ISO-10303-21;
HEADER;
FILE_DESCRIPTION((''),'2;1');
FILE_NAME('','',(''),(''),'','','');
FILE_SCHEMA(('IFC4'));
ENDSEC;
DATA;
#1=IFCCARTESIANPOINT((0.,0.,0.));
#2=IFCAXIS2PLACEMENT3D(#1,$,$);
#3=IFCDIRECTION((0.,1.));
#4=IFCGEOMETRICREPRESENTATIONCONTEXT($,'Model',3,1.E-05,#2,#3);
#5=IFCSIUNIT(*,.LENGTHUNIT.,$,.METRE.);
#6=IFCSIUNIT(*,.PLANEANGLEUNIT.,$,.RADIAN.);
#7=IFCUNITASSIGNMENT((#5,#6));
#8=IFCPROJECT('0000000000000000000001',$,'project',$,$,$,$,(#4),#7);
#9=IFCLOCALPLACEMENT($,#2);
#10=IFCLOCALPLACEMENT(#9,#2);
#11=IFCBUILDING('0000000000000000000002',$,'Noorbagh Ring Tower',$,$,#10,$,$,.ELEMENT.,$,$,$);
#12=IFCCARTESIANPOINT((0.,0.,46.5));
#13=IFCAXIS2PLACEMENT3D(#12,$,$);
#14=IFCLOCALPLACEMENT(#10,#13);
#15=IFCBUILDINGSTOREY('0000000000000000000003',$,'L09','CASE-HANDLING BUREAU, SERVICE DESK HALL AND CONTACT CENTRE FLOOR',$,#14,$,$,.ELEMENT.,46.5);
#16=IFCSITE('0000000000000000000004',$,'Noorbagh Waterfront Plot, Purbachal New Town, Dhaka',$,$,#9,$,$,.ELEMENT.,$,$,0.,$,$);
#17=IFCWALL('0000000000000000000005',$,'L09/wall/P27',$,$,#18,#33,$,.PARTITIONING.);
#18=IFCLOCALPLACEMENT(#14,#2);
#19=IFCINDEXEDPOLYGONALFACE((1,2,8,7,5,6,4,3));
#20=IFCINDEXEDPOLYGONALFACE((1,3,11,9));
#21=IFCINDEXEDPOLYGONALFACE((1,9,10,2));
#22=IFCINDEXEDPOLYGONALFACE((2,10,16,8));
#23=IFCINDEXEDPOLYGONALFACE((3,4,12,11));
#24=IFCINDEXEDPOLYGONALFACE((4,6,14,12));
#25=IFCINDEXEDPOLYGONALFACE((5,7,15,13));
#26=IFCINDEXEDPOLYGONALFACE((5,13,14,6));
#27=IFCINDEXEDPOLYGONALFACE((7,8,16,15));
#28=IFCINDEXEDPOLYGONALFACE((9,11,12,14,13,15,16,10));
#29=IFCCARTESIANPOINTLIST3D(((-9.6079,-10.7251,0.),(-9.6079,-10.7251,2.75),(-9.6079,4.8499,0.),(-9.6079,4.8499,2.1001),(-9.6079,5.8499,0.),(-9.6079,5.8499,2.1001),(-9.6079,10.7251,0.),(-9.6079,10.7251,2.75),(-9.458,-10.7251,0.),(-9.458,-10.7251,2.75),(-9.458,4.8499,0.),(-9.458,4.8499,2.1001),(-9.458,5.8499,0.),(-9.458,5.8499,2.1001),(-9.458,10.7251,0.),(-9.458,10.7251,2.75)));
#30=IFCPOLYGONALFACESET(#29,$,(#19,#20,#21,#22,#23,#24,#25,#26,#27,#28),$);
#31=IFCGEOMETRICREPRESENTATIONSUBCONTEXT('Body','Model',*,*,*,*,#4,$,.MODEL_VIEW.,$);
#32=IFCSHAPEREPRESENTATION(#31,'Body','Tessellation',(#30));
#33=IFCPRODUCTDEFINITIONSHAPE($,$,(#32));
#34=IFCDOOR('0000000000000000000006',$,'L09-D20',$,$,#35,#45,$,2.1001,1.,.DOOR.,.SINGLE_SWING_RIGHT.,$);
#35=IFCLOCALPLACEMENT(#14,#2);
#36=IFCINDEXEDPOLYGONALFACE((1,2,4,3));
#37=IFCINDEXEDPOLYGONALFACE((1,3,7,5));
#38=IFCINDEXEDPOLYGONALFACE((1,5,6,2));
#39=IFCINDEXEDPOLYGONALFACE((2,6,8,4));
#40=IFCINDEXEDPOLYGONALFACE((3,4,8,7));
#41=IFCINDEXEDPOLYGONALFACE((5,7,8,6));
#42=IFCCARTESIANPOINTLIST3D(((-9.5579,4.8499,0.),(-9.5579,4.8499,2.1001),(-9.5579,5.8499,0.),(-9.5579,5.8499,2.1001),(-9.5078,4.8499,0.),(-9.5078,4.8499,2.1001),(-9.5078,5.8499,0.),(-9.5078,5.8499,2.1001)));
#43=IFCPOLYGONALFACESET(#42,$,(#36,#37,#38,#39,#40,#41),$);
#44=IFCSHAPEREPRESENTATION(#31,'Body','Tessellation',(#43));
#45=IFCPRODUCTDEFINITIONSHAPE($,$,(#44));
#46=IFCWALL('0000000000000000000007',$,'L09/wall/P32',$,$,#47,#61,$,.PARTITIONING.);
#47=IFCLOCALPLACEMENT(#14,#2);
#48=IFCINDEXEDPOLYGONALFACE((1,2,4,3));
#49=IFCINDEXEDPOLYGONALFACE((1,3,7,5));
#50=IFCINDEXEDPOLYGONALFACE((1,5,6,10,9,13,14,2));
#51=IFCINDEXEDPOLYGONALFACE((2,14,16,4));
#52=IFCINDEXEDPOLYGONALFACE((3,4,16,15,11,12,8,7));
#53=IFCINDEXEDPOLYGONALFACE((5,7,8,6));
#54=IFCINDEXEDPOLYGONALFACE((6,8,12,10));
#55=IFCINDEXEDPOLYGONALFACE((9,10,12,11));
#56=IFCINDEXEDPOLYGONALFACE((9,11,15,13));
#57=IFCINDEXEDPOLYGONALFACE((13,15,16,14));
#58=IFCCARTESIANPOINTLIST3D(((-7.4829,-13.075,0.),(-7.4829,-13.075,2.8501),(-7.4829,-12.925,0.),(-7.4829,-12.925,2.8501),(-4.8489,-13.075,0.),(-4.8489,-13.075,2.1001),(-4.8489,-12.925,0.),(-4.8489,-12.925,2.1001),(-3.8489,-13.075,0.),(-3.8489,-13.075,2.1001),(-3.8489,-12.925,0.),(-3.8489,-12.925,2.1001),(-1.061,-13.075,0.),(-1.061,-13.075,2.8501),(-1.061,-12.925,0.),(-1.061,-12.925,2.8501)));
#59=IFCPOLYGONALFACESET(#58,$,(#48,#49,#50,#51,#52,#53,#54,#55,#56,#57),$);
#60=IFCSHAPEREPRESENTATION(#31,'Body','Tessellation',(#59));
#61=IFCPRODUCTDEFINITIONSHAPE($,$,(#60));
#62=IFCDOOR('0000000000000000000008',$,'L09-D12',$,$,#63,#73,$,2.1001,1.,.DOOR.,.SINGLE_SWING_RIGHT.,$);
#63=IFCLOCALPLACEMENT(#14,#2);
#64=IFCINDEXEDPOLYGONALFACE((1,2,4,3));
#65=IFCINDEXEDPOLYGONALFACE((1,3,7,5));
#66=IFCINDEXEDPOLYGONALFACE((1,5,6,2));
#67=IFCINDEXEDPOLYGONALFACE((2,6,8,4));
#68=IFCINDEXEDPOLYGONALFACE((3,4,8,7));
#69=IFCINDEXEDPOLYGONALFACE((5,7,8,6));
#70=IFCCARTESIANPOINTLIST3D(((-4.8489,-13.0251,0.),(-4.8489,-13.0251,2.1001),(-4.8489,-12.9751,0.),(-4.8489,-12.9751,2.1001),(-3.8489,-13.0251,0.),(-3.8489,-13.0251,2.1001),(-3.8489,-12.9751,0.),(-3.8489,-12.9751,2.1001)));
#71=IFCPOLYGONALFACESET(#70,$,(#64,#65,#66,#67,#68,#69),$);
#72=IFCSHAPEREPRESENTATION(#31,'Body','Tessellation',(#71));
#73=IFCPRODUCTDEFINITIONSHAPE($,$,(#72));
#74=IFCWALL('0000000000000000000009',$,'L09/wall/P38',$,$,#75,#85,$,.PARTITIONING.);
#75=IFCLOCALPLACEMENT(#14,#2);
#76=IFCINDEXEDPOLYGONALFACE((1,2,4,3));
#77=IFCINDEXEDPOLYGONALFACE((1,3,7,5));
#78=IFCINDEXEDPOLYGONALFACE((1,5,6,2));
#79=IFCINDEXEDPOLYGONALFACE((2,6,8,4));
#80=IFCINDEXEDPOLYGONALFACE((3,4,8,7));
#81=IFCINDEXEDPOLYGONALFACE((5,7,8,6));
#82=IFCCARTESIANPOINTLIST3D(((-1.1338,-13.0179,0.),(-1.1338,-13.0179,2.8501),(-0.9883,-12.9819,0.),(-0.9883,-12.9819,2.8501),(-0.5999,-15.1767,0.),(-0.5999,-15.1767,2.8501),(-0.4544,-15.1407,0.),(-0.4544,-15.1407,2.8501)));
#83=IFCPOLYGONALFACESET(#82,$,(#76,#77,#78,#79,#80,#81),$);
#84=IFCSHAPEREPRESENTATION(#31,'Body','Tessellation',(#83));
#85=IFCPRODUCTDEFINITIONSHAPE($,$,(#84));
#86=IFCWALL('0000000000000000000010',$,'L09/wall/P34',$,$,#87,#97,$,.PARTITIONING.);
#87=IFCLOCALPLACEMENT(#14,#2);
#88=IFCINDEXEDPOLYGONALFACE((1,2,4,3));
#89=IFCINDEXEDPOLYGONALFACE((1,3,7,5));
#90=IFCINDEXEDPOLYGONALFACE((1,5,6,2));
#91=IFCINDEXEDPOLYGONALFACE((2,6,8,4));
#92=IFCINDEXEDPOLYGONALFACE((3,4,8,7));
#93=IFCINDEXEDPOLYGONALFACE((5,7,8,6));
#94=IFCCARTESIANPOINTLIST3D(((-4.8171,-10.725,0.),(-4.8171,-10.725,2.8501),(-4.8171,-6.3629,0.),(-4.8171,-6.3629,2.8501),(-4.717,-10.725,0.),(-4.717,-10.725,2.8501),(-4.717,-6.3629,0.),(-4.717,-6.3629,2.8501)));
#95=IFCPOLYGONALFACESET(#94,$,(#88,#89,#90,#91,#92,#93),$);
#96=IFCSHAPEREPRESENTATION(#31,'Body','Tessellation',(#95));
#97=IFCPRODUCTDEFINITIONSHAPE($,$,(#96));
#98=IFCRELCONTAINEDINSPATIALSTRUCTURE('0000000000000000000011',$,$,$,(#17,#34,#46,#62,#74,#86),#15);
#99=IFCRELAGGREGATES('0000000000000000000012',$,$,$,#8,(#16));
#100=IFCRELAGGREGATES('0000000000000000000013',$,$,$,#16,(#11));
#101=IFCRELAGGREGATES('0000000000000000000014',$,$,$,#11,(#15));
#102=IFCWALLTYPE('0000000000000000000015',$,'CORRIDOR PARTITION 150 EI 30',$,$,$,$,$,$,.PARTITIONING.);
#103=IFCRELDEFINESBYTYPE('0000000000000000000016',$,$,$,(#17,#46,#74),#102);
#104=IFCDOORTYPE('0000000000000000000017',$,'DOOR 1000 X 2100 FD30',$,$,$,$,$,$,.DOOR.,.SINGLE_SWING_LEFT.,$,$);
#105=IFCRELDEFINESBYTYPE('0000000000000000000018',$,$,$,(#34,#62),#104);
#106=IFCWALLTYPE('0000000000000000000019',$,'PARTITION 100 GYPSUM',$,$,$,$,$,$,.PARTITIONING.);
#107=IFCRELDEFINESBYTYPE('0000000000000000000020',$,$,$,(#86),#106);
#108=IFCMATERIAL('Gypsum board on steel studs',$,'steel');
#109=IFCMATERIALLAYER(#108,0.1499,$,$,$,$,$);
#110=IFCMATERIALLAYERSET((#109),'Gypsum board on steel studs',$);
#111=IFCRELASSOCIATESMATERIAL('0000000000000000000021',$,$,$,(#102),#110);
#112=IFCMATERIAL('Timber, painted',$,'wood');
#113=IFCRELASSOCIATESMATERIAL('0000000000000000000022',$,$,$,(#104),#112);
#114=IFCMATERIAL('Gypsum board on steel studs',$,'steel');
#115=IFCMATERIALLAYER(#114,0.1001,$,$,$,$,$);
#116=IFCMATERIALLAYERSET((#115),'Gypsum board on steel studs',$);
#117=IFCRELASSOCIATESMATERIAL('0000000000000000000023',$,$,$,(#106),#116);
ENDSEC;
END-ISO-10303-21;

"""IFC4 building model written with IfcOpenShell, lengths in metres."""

from ifc_helpers import new_model, si_unit, direction, frame, frame_2d, origin, place, context, subcontext, project, spatial, rectangle, extrude, material, layer, layer_set, type_object, element, fill, save


model = new_model("IFC4")

# Units and contexts
model_context = context("Model", 3, precision=1e-05, world=origin(), true_north=direction((0.0, 1.0)))
body_context = subcontext(model_context, "Body", "Model", "MODEL_VIEW")
ifc_project = project(units=[si_unit("LENGTHUNIT", "METRE"), si_unit("PLANEANGLEUNIT", "RADIAN")], contexts=[model_context])

# Site, building, storey
site_placement = place(None, origin())
site = spatial("IfcSite", under=ifc_project, at=site_placement, Name="Noorbagh Waterfront Plot, Purbachal New Town, Dhaka", CompositionType="ELEMENT", RefElevation=0.0)
building_placement = place(site_placement, origin())
building = spatial("IfcBuilding", under=site, at=building_placement, Name="Noorbagh Ring Tower", CompositionType="ELEMENT")
storey_placement = place(building_placement, frame((0.0, 0.0, 46.5)))
storey = spatial("IfcBuildingStorey", under=building, at=storey_placement, Name="L09", Description="CASE-HANDLING BUREAU, SERVICE DESK HALL AND CONTACT CENTRE FLOOR", CompositionType="ELEMENT", Elevation=46.5)

# Shared definitions
ifc_material_1 = material(Name="Gypsum board on steel studs", Category="steel")
ifc_layer_1 = layer(ifc_material_1, 0.1499)
ifc_layer_set_1 = layer_set([ifc_layer_1], Name="Gypsum board on steel studs")
wall_type_1 = type_object("IfcWallType", Name="CORRIDOR PARTITION 150 EI 30", PredefinedType="PARTITIONING", material=ifc_layer_set_1)
ifc_material_2 = material(Name="Timber, painted", Category="wood")
door_type_1 = type_object("IfcDoorType", Name="DOOR 1000 X 2100 FD30", OperationType="SINGLE_SWING_LEFT", PredefinedType="DOOR", material=ifc_material_2)

# Walls, openings, doors
wall_1_placement = place(storey_placement, frame((-9.533, -10.7251, 0.0), z_axis=(0.0, 0.0, 1.0), x_axis=(0.0, 1.0, 0.0)))
wall_1 = element("IfcWall", 1, at=wall_1_placement, inside=storey, type_object=wall_type_1, Name="L09/wall/P27", PredefinedType="PARTITIONING", context=body_context, shape_type="SweptSolid", body=[
    extrude(rectangle(XDim=21.4502, YDim=0.1499, at=frame_2d((10.7251, 0.0))), origin(), (0.0, 0.0, 1.0), 2.75),
])
opening_1_placement = place(wall_1_placement, frame((15.575, 0.0, 0.0)))
opening_1 = element("IfcOpeningElement", 2, at=opening_1_placement, cuts=wall_1, PredefinedType="OPENING", context=body_context, shape_type="SweptSolid", body=[
    extrude(rectangle(XDim=1.0, YDim=2.1001, at=frame_2d((0.5, 1.05))), frame((0.0, 0.085, 0.0), z_axis=(0.0, -1.0, 0.0), x_axis=(1.0, 0.0, 0.0)), (0.0, 0.0, 1.0), 0.1699),
])
door_1_placement = place(opening_1_placement, origin())
door_1 = element("IfcDoor", 3, at=door_1_placement, inside=storey, type_object=door_type_1, Name="L09-D20", OperationType="SINGLE_SWING_RIGHT", OverallHeight=2.1001, OverallWidth=1.0, PredefinedType="DOOR", context=body_context, shape_type="SweptSolid", body=[
    extrude(rectangle(XDim=1.0, YDim=2.1001, at=frame_2d((0.5, 1.05))), frame((0.0, 0.0249, 0.0), z_axis=(0.0, -1.0, 0.0), x_axis=(1.0, 0.0, 0.0)), (0.0, 0.0, 1.0), 0.05),
])
fill(opening_1, door_1)
wall_2_placement = place(storey_placement, frame((-7.4829, -13.0, 0.0), z_axis=(0.0, 0.0, 1.0), x_axis=(1.0, 0.0, 0.0)))
wall_2 = element("IfcWall", 4, at=wall_2_placement, inside=storey, type_object=wall_type_1, Name="L09/wall/P32", PredefinedType="PARTITIONING", context=body_context, shape_type="SweptSolid", body=[
    extrude(rectangle(XDim=6.4219, YDim=0.1499, at=frame_2d((3.2109, 0.0))), origin(), (0.0, 0.0, 1.0), 2.8501),
])
opening_2_placement = place(wall_2_placement, frame((2.634, 0.0, 0.0)))
opening_2 = element("IfcOpeningElement", 5, at=opening_2_placement, cuts=wall_2, PredefinedType="OPENING", context=body_context, shape_type="SweptSolid", body=[
    extrude(rectangle(XDim=1.0, YDim=2.1001, at=frame_2d((0.5, 1.05))), frame((0.0, 0.085, 0.0), z_axis=(0.0, -1.0, 0.0), x_axis=(1.0, 0.0, 0.0)), (0.0, 0.0, 1.0), 0.1699),
])
door_2_placement = place(opening_2_placement, origin())
door_2 = element("IfcDoor", 6, at=door_2_placement, inside=storey, type_object=door_type_1, Name="L09-D12", OperationType="SINGLE_SWING_RIGHT", OverallHeight=2.1001, OverallWidth=1.0, PredefinedType="DOOR", context=body_context, shape_type="SweptSolid", body=[
    extrude(rectangle(XDim=1.0, YDim=2.1001, at=frame_2d((0.5, 1.05))), frame((0.0, 0.0249, 0.0), z_axis=(0.0, -1.0, 0.0), x_axis=(1.0, 0.0, 0.0)), (0.0, 0.0, 1.0), 0.05),
])
fill(opening_2, door_2)

# Walls
wall_3_placement = place(storey_placement, frame((-1.061, -13.0, 0.0), z_axis=(0.0, 0.0, 1.0), x_axis=(0.240081, -0.970753, 0.0)))
element("IfcWall", 7, at=wall_3_placement, inside=storey, type_object=wall_type_1, Name="L09/wall/P38", PredefinedType="PARTITIONING", context=body_context, shape_type="SweptSolid", body=[
    extrude(rectangle(XDim=2.2239, YDim=0.1499, at=frame_2d((1.1118, 0.0))), origin(), (0.0, 0.0, 1.0), 2.8501),
])
ifc_material_3 = material(Name="Gypsum board on steel studs", Category="steel")
ifc_layer_2 = layer(ifc_material_3, 0.1001)
ifc_layer_set_2 = layer_set([ifc_layer_2], Name="Gypsum board on steel studs")
wall_type_2 = type_object("IfcWallType", Name="PARTITION 100 GYPSUM", PredefinedType="PARTITIONING", material=ifc_layer_set_2)
wall_4_placement = place(storey_placement, frame((-4.7671, -10.7251, 0.0), z_axis=(0.0, 0.0, 1.0), x_axis=(0.0, 1.0, 0.0)))
element("IfcWall", 8, at=wall_4_placement, inside=storey, type_object=wall_type_2, Name="L09/wall/P34", PredefinedType="PARTITIONING", context=body_context, shape_type="SweptSolid", body=[
    extrude(rectangle(XDim=4.3621, YDim=0.1001, at=frame_2d((2.1812, 0.0))), origin(), (0.0, 0.0, 1.0), 2.8501),
])

save(model, "model.ifc")
